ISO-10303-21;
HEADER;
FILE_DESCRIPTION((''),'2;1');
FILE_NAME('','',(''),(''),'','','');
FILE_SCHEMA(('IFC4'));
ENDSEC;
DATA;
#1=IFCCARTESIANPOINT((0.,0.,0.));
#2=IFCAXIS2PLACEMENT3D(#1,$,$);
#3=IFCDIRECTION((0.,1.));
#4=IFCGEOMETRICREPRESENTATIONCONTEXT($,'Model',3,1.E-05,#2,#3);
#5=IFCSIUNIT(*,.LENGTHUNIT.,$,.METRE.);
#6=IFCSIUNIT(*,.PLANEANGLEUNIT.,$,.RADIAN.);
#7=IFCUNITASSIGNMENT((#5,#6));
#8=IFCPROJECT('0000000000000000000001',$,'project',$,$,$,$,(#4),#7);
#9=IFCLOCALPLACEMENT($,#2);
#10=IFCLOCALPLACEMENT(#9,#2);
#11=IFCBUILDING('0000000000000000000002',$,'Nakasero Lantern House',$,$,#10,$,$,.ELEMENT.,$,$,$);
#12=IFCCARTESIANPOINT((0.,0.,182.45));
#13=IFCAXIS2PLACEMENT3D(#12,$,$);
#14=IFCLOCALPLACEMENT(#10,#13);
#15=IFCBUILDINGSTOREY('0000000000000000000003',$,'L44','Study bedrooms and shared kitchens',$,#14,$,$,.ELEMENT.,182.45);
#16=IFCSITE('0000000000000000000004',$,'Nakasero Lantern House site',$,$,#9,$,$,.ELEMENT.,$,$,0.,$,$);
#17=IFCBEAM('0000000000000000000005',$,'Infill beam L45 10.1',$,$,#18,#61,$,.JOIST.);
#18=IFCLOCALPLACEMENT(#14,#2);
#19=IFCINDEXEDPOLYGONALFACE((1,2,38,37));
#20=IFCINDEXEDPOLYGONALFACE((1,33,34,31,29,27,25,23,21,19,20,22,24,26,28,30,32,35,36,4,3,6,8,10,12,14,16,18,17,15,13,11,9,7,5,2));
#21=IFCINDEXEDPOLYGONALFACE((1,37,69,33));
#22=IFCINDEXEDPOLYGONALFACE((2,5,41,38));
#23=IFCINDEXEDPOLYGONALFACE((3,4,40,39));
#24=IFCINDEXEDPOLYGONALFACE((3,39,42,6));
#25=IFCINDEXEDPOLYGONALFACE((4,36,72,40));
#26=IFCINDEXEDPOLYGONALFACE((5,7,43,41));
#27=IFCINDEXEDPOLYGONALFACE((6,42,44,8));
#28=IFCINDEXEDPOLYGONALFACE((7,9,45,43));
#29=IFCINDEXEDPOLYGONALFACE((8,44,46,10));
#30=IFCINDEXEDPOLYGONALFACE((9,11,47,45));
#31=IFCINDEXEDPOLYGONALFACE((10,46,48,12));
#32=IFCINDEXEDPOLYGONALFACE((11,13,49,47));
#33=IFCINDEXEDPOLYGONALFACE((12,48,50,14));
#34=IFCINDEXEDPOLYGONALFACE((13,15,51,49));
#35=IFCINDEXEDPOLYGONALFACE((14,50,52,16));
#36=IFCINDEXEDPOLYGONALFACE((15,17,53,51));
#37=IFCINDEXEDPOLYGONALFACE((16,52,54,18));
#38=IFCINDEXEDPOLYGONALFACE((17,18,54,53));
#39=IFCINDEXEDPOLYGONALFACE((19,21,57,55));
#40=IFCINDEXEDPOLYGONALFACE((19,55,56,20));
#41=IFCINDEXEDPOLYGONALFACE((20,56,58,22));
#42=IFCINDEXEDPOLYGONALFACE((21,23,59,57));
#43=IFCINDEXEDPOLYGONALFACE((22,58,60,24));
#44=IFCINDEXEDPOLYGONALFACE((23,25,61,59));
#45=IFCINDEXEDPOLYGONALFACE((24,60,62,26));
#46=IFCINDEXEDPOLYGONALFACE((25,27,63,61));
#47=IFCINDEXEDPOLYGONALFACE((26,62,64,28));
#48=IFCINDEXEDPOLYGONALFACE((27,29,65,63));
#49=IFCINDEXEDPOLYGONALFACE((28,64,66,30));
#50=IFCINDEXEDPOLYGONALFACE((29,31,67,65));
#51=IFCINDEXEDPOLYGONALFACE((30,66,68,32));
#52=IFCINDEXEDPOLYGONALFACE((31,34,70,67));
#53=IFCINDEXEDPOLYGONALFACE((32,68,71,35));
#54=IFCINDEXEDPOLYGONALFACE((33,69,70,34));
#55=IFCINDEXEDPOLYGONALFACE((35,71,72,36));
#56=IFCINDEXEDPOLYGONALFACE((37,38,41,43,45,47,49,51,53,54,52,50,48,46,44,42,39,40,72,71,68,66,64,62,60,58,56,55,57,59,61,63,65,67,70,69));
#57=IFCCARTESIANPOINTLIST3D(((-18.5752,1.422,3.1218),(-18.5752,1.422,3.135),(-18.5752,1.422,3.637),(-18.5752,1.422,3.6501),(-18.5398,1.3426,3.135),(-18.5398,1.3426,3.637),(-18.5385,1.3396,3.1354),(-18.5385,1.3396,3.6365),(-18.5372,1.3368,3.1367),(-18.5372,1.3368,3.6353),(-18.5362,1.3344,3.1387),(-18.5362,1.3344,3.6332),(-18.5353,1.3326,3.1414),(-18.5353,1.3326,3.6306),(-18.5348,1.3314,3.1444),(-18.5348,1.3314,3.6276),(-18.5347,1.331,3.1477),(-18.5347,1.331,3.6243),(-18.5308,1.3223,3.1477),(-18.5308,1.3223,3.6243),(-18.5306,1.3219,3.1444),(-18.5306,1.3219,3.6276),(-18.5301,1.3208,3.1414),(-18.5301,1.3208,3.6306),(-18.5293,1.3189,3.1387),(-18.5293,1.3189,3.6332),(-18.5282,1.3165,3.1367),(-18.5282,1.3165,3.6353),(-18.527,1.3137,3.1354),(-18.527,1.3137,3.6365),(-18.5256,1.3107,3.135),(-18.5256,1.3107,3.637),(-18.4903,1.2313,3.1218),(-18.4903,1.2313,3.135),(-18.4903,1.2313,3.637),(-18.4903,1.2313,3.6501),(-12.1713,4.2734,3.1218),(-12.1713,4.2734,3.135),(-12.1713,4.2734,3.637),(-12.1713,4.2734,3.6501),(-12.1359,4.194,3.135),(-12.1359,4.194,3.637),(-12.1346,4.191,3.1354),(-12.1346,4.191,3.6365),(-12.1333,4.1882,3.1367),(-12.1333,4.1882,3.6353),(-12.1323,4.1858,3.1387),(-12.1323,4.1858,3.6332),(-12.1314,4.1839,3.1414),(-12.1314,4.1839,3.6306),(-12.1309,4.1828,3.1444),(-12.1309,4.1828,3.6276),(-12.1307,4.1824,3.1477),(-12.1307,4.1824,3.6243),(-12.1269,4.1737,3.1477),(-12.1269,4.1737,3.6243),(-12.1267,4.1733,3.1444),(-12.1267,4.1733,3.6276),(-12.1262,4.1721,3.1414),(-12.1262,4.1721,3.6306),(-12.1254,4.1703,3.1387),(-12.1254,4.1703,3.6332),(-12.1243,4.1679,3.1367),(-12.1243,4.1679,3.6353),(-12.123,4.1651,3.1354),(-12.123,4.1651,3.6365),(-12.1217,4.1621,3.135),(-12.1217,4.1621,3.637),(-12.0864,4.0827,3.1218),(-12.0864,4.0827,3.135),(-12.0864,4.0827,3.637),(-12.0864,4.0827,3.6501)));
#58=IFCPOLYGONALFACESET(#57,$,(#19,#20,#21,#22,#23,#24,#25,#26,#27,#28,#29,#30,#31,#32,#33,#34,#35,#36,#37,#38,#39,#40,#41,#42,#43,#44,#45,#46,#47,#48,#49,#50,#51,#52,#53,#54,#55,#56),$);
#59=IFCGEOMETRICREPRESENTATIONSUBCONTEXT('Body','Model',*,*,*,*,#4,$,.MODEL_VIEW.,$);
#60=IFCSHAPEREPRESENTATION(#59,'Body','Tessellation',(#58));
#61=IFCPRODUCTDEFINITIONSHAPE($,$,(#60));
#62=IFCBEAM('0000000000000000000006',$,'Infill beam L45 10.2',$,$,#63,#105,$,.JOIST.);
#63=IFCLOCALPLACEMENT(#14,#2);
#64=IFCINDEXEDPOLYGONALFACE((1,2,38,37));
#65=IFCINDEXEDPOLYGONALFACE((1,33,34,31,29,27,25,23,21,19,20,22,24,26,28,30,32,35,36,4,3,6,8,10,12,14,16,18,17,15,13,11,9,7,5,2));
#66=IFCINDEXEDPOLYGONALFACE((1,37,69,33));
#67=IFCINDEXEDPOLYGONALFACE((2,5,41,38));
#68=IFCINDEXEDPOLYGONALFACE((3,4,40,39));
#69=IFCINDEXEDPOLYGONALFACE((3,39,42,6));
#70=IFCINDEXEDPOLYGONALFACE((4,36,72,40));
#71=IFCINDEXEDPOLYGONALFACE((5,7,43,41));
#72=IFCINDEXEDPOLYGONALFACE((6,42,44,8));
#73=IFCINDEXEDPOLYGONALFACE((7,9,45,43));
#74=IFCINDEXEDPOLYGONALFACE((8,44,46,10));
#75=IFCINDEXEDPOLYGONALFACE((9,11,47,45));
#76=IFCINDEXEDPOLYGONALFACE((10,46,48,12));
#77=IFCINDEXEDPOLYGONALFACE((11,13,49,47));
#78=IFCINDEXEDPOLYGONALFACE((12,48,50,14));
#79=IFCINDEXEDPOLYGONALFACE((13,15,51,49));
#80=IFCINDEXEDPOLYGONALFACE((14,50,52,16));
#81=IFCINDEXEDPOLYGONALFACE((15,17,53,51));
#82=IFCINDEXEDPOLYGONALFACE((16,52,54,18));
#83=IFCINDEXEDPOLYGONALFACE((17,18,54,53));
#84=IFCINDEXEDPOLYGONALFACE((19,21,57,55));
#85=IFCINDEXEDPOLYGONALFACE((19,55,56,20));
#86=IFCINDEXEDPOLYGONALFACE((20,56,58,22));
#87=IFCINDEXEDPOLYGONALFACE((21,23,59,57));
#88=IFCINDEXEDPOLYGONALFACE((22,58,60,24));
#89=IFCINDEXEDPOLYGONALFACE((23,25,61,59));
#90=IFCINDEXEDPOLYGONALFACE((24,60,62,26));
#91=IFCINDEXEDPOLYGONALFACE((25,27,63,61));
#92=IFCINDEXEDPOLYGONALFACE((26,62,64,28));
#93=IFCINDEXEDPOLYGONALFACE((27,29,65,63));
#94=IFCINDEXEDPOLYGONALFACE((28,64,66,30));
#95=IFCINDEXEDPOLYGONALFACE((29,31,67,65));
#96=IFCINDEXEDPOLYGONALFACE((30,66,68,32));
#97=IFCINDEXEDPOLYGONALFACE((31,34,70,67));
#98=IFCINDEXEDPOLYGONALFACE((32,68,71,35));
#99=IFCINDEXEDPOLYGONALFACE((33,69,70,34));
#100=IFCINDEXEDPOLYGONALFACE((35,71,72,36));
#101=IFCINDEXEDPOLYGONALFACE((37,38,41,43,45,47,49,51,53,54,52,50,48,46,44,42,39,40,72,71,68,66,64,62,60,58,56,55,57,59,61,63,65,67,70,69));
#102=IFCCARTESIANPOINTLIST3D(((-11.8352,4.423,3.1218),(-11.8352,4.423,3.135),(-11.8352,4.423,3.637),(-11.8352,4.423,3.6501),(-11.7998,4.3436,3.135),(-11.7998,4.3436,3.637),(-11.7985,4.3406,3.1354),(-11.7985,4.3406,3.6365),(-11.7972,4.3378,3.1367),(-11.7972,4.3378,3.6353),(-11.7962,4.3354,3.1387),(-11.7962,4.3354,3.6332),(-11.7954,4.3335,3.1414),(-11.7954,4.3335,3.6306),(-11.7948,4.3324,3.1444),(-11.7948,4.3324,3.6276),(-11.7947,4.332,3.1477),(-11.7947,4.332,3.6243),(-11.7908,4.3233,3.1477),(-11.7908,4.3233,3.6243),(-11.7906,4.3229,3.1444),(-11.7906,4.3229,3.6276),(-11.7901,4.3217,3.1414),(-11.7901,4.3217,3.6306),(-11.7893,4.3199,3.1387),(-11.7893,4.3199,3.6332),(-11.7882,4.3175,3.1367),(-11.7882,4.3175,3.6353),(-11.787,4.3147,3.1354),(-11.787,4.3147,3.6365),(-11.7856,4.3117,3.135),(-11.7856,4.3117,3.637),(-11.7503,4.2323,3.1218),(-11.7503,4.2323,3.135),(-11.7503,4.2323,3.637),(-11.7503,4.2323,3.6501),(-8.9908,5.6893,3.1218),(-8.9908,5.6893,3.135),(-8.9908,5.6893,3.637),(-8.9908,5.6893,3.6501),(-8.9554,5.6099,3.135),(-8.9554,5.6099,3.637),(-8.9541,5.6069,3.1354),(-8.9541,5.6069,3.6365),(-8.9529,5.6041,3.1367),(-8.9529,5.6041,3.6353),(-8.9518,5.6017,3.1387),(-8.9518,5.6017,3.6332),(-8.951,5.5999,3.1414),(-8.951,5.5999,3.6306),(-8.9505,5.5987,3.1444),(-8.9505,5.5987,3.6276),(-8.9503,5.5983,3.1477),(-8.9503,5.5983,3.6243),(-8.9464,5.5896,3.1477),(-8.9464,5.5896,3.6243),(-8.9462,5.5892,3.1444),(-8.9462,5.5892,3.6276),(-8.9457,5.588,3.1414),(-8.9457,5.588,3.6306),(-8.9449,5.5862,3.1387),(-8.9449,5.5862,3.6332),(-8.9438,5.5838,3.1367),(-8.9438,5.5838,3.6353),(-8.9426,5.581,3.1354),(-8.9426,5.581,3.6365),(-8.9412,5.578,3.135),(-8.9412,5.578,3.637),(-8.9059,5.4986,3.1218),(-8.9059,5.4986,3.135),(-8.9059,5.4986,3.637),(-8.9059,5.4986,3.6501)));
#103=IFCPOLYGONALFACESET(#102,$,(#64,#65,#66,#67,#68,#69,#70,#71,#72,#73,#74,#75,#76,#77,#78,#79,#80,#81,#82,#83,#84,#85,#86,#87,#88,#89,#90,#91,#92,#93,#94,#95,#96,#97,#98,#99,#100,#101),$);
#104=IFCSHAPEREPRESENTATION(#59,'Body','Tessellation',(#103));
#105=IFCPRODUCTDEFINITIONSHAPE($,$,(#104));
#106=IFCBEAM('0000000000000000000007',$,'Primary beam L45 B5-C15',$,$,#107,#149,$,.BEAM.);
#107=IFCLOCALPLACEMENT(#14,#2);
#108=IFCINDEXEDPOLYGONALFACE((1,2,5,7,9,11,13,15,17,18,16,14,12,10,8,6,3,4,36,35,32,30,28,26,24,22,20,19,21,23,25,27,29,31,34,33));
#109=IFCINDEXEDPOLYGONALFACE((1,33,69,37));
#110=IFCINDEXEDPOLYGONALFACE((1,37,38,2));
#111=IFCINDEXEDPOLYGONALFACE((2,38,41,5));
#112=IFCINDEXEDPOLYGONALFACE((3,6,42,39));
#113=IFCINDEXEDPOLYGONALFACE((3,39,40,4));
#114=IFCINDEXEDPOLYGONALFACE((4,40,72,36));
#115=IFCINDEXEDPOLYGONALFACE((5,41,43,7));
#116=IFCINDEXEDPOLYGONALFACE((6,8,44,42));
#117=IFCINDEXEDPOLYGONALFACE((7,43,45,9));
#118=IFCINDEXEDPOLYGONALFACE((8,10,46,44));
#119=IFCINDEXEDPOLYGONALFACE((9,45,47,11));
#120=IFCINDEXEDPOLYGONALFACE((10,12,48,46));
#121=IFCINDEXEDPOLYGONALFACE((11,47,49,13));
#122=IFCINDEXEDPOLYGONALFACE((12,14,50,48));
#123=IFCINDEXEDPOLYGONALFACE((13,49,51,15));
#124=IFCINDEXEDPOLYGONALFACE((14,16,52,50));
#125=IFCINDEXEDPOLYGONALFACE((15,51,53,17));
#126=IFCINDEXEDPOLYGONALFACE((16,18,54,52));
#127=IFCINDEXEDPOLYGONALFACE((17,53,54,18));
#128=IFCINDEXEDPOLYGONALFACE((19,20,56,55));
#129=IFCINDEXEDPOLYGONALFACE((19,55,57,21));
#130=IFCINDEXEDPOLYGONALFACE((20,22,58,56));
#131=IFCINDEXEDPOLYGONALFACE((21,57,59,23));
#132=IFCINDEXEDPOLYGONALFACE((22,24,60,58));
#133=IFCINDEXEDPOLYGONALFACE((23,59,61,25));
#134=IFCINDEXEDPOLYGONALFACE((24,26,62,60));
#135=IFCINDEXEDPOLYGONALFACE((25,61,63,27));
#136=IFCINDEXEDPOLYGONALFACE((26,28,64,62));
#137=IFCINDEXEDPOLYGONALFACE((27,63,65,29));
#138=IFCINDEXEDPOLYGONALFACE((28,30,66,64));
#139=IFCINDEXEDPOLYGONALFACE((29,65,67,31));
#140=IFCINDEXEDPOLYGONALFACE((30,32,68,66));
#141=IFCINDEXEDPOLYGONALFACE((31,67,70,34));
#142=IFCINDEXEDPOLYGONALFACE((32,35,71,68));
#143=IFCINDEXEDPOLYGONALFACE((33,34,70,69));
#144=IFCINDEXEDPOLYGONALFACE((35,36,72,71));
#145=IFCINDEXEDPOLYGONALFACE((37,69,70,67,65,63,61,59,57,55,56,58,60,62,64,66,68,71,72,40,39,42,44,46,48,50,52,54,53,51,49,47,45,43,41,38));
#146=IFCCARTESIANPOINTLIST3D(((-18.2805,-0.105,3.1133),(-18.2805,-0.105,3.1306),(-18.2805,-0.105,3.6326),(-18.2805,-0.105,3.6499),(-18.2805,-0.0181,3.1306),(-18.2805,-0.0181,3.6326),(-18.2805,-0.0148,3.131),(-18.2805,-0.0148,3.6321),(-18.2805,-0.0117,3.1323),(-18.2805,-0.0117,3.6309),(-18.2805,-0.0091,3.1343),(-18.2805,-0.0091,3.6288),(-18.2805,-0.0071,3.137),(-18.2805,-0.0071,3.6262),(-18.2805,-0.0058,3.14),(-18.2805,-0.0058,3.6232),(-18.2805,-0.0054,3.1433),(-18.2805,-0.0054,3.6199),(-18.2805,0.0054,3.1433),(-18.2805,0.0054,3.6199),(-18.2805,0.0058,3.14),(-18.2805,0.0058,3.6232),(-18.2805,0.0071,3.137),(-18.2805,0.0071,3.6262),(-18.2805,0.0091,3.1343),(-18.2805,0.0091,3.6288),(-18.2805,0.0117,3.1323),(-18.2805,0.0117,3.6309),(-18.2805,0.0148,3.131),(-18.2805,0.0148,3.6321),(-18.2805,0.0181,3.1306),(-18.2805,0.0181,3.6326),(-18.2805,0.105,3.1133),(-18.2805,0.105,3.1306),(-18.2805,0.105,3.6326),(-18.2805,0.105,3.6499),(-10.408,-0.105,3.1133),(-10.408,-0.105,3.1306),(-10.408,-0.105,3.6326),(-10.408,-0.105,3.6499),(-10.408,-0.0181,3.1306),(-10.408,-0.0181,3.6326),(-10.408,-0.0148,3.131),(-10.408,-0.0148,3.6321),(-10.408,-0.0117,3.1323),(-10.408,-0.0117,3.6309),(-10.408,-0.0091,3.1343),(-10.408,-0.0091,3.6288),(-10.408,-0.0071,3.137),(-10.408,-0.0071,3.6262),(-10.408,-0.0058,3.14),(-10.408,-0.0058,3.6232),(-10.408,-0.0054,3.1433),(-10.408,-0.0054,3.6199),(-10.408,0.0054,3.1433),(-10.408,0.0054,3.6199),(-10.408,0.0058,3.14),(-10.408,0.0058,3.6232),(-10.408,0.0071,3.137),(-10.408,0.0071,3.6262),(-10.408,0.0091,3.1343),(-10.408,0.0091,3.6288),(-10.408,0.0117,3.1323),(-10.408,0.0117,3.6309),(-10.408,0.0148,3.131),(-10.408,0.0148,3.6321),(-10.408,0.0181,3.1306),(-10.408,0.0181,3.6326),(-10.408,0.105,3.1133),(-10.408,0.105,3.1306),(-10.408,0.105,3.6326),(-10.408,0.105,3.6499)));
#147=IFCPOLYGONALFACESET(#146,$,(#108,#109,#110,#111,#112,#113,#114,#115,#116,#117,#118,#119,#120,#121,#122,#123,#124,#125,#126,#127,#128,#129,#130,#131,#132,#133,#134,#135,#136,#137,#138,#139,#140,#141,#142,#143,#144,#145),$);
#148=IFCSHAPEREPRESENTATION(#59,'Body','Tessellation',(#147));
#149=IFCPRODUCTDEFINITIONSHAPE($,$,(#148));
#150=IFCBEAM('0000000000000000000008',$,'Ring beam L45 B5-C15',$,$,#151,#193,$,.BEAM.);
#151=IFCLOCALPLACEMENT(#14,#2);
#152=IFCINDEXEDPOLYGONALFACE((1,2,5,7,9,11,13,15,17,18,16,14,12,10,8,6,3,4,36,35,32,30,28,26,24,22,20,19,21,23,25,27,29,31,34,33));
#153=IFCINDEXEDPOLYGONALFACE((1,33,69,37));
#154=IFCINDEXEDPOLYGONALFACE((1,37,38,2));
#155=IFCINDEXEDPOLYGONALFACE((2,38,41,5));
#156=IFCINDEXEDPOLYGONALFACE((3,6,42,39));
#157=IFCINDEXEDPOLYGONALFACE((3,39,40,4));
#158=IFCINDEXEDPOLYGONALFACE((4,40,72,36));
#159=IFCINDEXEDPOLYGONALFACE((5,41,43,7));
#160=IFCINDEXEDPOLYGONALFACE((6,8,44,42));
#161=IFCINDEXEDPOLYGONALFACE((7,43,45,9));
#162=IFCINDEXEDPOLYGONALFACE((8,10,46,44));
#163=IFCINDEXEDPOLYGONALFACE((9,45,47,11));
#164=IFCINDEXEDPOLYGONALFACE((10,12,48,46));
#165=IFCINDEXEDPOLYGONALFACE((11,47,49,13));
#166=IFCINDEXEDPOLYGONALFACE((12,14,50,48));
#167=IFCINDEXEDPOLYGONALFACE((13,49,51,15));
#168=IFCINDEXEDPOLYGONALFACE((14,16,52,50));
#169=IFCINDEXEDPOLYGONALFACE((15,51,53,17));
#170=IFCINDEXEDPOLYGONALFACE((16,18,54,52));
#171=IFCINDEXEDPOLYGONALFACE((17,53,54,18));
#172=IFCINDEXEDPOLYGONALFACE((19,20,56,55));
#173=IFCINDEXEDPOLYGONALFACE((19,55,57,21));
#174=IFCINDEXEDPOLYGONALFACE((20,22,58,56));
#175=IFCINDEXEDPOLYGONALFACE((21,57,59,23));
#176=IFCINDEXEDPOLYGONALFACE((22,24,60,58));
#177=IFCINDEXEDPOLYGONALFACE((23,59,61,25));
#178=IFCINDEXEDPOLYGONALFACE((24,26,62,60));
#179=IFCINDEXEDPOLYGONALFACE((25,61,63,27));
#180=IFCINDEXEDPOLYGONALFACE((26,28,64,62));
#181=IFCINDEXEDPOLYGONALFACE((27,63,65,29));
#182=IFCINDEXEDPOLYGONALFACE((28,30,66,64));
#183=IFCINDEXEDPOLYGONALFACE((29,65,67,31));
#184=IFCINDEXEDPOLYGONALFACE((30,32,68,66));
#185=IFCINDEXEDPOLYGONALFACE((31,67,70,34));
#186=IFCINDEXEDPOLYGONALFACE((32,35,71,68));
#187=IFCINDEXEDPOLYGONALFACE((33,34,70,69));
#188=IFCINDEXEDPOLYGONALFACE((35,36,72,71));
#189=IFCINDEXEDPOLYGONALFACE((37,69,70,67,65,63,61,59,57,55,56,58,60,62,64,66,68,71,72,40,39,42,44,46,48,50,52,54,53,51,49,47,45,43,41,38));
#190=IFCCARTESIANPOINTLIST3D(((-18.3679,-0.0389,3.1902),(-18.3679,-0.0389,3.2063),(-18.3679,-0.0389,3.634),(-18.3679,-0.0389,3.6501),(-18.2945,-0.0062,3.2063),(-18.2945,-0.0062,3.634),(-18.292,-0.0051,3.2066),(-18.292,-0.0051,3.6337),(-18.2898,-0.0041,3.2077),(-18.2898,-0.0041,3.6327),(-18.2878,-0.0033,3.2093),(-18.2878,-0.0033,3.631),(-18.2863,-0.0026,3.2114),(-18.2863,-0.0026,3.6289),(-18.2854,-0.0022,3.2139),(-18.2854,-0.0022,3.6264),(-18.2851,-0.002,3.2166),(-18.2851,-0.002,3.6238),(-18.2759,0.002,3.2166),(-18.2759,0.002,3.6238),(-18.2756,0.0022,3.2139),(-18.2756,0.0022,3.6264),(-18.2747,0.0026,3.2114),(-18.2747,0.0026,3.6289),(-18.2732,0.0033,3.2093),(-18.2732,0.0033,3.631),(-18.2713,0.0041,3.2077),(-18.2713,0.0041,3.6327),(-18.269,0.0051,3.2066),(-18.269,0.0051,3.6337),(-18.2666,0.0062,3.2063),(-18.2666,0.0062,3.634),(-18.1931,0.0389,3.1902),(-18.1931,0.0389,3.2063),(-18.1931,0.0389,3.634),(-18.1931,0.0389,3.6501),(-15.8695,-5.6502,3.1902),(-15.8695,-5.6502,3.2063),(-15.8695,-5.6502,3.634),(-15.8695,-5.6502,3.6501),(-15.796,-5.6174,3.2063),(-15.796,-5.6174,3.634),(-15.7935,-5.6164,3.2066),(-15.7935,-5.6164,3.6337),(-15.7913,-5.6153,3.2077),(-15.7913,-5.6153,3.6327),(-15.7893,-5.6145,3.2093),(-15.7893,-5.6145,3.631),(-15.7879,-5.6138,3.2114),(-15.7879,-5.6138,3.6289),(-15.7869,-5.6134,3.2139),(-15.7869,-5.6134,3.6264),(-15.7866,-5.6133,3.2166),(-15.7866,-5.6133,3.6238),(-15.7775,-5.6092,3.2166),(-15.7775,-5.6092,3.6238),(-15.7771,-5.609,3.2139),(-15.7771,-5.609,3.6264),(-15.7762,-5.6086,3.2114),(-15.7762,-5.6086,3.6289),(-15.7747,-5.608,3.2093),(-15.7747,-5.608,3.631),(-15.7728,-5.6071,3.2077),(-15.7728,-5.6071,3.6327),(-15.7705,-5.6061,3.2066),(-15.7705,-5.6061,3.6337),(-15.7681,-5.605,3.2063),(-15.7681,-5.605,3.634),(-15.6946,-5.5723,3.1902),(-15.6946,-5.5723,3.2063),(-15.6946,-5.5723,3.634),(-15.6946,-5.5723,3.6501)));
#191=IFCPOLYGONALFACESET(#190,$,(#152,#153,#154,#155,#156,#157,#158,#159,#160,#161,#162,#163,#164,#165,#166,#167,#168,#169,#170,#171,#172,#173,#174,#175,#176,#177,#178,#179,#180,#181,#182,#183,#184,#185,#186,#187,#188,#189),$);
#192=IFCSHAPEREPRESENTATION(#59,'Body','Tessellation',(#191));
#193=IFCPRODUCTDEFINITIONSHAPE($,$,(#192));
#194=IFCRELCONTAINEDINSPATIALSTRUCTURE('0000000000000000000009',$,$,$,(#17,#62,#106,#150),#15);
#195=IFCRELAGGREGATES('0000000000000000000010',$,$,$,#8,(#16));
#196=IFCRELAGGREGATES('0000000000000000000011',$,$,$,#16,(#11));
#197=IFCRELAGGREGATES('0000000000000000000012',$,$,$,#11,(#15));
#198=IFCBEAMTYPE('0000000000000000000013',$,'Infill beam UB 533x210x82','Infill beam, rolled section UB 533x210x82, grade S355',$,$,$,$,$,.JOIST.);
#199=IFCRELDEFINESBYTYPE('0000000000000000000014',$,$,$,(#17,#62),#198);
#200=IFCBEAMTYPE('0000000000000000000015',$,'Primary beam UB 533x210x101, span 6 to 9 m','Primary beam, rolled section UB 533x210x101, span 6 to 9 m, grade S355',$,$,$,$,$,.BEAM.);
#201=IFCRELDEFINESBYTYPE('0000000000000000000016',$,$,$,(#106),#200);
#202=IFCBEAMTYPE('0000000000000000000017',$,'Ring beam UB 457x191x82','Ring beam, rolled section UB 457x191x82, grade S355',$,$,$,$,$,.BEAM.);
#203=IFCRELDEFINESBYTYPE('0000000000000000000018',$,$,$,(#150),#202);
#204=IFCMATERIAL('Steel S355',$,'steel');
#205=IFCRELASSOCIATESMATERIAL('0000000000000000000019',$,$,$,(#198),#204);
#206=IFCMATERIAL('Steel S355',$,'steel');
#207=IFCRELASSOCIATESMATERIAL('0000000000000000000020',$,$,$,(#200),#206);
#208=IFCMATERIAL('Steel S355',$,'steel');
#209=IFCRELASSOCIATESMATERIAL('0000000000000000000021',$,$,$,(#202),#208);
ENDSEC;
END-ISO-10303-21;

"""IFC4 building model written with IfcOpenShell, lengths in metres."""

from ifc_helpers import new_model, si_unit, direction, frame, origin, origin_2d, place, context, subcontext, project, spatial, i_section, extrude, material, material_profile, profile_set, type_object, element, save


model = new_model("IFC4")

# Units and contexts
model_context = context("Model", 3, precision=1e-05, world=origin(), true_north=direction((0.0, 1.0)))
body_context = subcontext(model_context, "Body", "Model", "MODEL_VIEW")
ifc_project = project(units=[si_unit("LENGTHUNIT", "METRE"), si_unit("PLANEANGLEUNIT", "RADIAN")], contexts=[model_context])

# Site, building, storey
site_placement = place(None, origin())
site = spatial("IfcSite", under=ifc_project, at=site_placement, Name="Nakasero Lantern House site", CompositionType="ELEMENT", RefElevation=0.0)
building_placement = place(site_placement, origin())
building = spatial("IfcBuilding", under=site, at=building_placement, Name="Nakasero Lantern House", CompositionType="ELEMENT")
storey_placement = place(building_placement, frame((0.0, 0.0, 182.45)))
storey = spatial("IfcBuildingStorey", under=building, at=storey_placement, Name="L44", Description="Study bedrooms and shared kitchens", CompositionType="ELEMENT", Elevation=182.45)

# Beams
ifc_material_1 = material(Name="Steel S355", Category="steel")
ifc_material_profile_1 = material_profile(ifc_material_1, i_section(OverallWidth=0.2087, OverallDepth=0.5283, WebThickness=0.0095, FlangeThickness=0.0132, FilletRadius=0.0127, at=origin_2d()), Name="UB 533x210x82")
ifc_profile_set_1 = profile_set([ifc_material_profile_1], Name="Steel S355")
beam_type_1 = type_object("IfcBeamType", Name="Infill beam UB 533x210x82", Description="Infill beam, rolled section UB 533x210x82, grade S355", PredefinedType="JOIST", material=ifc_profile_set_1)
beam_1_placement = place(storey_placement, frame((-18.5327, 1.3267, 3.386), z_axis=(0.913537, 0.406756, 0.0), x_axis=(-0.406756, 0.913537, 0.0)))
element("IfcBeam", 1, at=beam_1_placement, inside=storey, type_object=beam_type_1, Name="Infill beam L45 10.1", PredefinedType="JOIST", context=body_context, shape_type="SweptSolid", body=[
    extrude(i_section(OverallWidth=0.2087, OverallDepth=0.5283, WebThickness=0.0095, FlangeThickness=0.0132, FilletRadius=0.0127, at=origin_2d()), origin(), (0.0, 0.0, 1.0), 7.01),
])
beam_2_placement = place(storey_placement, frame((-11.7927, 4.3276, 3.386), z_axis=(0.913556, 0.406713, 0.0), x_axis=(-0.406713, 0.913556, 0.0)))
element("IfcBeam", 2, at=beam_2_placement, inside=storey, type_object=beam_type_1, Name="Infill beam L45 10.2", PredefinedType="JOIST", context=body_context, shape_type="SweptSolid", body=[
    extrude(i_section(OverallWidth=0.2087, OverallDepth=0.5283, WebThickness=0.0095, FlangeThickness=0.0132, FilletRadius=0.0127, at=origin_2d()), origin(), (0.0, 0.0, 1.0), 3.1135),
])
ifc_material_2 = material(Name="Steel S355", Category="steel")
ifc_material_profile_2 = material_profile(ifc_material_2, i_section(OverallWidth=0.21, OverallDepth=0.5366, WebThickness=0.0107, FlangeThickness=0.0173, FilletRadius=0.0127, at=origin_2d()), Name="UB 533x210x101")
ifc_profile_set_2 = profile_set([ifc_material_profile_2], Name="Steel S355")
beam_type_2 = type_object("IfcBeamType", Name="Primary beam UB 533x210x101, span 6 to 9 m", Description="Primary beam, rolled section UB 533x210x101, span 6 to 9 m, grade S355", PredefinedType="BEAM", material=ifc_profile_set_2)
beam_3_placement = place(storey_placement, frame((-18.2805, 0.0, 3.3816), z_axis=(1.0, 0.0, 0.0), x_axis=(0.0, 1.0, 0.0)))
element("IfcBeam", 3, at=beam_3_placement, inside=storey, type_object=beam_type_2, Name="Primary beam L45 B5-C15", PredefinedType="BEAM", context=body_context, shape_type="SweptSolid", body=[
    extrude(i_section(OverallWidth=0.21, OverallDepth=0.5366, WebThickness=0.0107, FlangeThickness=0.0173, FilletRadius=0.0127, at=origin_2d()), origin(), (0.0, 0.0, 1.0), 7.8726),
])
ifc_material_3 = material(Name="Steel S355", Category="steel")
ifc_material_profile_3 = material_profile(ifc_material_3, i_section(OverallWidth=0.1914, OverallDepth=0.46, WebThickness=0.01, FlangeThickness=0.0161, FilletRadius=0.0103, at=origin_2d()), Name="UB 457x191x82")
ifc_profile_set_3 = profile_set([ifc_material_profile_3], Name="Steel S355")
beam_type_3 = type_object("IfcBeamType", Name="Ring beam UB 457x191x82", Description="Ring beam, rolled section UB 457x191x82, grade S355", PredefinedType="BEAM", material=ifc_profile_set_3)
beam_4_placement = place(storey_placement, frame((-18.2805, 0.0, 3.4202), z_axis=(0.406765, -0.913533, 0.0), x_axis=(0.913533, 0.406765, 0.0)))
element("IfcBeam", 4, at=beam_4_placement, inside=storey, type_object=beam_type_3, Name="Ring beam L45 B5-C15", PredefinedType="BEAM", context=body_context, shape_type="SweptSolid", body=[
    extrude(i_section(OverallWidth=0.1914, OverallDepth=0.46, WebThickness=0.01, FlangeThickness=0.0161, FilletRadius=0.0103, at=origin_2d()), origin(), (0.0, 0.0, 1.0), 6.1423),
])

save(model, "model.ifc")
